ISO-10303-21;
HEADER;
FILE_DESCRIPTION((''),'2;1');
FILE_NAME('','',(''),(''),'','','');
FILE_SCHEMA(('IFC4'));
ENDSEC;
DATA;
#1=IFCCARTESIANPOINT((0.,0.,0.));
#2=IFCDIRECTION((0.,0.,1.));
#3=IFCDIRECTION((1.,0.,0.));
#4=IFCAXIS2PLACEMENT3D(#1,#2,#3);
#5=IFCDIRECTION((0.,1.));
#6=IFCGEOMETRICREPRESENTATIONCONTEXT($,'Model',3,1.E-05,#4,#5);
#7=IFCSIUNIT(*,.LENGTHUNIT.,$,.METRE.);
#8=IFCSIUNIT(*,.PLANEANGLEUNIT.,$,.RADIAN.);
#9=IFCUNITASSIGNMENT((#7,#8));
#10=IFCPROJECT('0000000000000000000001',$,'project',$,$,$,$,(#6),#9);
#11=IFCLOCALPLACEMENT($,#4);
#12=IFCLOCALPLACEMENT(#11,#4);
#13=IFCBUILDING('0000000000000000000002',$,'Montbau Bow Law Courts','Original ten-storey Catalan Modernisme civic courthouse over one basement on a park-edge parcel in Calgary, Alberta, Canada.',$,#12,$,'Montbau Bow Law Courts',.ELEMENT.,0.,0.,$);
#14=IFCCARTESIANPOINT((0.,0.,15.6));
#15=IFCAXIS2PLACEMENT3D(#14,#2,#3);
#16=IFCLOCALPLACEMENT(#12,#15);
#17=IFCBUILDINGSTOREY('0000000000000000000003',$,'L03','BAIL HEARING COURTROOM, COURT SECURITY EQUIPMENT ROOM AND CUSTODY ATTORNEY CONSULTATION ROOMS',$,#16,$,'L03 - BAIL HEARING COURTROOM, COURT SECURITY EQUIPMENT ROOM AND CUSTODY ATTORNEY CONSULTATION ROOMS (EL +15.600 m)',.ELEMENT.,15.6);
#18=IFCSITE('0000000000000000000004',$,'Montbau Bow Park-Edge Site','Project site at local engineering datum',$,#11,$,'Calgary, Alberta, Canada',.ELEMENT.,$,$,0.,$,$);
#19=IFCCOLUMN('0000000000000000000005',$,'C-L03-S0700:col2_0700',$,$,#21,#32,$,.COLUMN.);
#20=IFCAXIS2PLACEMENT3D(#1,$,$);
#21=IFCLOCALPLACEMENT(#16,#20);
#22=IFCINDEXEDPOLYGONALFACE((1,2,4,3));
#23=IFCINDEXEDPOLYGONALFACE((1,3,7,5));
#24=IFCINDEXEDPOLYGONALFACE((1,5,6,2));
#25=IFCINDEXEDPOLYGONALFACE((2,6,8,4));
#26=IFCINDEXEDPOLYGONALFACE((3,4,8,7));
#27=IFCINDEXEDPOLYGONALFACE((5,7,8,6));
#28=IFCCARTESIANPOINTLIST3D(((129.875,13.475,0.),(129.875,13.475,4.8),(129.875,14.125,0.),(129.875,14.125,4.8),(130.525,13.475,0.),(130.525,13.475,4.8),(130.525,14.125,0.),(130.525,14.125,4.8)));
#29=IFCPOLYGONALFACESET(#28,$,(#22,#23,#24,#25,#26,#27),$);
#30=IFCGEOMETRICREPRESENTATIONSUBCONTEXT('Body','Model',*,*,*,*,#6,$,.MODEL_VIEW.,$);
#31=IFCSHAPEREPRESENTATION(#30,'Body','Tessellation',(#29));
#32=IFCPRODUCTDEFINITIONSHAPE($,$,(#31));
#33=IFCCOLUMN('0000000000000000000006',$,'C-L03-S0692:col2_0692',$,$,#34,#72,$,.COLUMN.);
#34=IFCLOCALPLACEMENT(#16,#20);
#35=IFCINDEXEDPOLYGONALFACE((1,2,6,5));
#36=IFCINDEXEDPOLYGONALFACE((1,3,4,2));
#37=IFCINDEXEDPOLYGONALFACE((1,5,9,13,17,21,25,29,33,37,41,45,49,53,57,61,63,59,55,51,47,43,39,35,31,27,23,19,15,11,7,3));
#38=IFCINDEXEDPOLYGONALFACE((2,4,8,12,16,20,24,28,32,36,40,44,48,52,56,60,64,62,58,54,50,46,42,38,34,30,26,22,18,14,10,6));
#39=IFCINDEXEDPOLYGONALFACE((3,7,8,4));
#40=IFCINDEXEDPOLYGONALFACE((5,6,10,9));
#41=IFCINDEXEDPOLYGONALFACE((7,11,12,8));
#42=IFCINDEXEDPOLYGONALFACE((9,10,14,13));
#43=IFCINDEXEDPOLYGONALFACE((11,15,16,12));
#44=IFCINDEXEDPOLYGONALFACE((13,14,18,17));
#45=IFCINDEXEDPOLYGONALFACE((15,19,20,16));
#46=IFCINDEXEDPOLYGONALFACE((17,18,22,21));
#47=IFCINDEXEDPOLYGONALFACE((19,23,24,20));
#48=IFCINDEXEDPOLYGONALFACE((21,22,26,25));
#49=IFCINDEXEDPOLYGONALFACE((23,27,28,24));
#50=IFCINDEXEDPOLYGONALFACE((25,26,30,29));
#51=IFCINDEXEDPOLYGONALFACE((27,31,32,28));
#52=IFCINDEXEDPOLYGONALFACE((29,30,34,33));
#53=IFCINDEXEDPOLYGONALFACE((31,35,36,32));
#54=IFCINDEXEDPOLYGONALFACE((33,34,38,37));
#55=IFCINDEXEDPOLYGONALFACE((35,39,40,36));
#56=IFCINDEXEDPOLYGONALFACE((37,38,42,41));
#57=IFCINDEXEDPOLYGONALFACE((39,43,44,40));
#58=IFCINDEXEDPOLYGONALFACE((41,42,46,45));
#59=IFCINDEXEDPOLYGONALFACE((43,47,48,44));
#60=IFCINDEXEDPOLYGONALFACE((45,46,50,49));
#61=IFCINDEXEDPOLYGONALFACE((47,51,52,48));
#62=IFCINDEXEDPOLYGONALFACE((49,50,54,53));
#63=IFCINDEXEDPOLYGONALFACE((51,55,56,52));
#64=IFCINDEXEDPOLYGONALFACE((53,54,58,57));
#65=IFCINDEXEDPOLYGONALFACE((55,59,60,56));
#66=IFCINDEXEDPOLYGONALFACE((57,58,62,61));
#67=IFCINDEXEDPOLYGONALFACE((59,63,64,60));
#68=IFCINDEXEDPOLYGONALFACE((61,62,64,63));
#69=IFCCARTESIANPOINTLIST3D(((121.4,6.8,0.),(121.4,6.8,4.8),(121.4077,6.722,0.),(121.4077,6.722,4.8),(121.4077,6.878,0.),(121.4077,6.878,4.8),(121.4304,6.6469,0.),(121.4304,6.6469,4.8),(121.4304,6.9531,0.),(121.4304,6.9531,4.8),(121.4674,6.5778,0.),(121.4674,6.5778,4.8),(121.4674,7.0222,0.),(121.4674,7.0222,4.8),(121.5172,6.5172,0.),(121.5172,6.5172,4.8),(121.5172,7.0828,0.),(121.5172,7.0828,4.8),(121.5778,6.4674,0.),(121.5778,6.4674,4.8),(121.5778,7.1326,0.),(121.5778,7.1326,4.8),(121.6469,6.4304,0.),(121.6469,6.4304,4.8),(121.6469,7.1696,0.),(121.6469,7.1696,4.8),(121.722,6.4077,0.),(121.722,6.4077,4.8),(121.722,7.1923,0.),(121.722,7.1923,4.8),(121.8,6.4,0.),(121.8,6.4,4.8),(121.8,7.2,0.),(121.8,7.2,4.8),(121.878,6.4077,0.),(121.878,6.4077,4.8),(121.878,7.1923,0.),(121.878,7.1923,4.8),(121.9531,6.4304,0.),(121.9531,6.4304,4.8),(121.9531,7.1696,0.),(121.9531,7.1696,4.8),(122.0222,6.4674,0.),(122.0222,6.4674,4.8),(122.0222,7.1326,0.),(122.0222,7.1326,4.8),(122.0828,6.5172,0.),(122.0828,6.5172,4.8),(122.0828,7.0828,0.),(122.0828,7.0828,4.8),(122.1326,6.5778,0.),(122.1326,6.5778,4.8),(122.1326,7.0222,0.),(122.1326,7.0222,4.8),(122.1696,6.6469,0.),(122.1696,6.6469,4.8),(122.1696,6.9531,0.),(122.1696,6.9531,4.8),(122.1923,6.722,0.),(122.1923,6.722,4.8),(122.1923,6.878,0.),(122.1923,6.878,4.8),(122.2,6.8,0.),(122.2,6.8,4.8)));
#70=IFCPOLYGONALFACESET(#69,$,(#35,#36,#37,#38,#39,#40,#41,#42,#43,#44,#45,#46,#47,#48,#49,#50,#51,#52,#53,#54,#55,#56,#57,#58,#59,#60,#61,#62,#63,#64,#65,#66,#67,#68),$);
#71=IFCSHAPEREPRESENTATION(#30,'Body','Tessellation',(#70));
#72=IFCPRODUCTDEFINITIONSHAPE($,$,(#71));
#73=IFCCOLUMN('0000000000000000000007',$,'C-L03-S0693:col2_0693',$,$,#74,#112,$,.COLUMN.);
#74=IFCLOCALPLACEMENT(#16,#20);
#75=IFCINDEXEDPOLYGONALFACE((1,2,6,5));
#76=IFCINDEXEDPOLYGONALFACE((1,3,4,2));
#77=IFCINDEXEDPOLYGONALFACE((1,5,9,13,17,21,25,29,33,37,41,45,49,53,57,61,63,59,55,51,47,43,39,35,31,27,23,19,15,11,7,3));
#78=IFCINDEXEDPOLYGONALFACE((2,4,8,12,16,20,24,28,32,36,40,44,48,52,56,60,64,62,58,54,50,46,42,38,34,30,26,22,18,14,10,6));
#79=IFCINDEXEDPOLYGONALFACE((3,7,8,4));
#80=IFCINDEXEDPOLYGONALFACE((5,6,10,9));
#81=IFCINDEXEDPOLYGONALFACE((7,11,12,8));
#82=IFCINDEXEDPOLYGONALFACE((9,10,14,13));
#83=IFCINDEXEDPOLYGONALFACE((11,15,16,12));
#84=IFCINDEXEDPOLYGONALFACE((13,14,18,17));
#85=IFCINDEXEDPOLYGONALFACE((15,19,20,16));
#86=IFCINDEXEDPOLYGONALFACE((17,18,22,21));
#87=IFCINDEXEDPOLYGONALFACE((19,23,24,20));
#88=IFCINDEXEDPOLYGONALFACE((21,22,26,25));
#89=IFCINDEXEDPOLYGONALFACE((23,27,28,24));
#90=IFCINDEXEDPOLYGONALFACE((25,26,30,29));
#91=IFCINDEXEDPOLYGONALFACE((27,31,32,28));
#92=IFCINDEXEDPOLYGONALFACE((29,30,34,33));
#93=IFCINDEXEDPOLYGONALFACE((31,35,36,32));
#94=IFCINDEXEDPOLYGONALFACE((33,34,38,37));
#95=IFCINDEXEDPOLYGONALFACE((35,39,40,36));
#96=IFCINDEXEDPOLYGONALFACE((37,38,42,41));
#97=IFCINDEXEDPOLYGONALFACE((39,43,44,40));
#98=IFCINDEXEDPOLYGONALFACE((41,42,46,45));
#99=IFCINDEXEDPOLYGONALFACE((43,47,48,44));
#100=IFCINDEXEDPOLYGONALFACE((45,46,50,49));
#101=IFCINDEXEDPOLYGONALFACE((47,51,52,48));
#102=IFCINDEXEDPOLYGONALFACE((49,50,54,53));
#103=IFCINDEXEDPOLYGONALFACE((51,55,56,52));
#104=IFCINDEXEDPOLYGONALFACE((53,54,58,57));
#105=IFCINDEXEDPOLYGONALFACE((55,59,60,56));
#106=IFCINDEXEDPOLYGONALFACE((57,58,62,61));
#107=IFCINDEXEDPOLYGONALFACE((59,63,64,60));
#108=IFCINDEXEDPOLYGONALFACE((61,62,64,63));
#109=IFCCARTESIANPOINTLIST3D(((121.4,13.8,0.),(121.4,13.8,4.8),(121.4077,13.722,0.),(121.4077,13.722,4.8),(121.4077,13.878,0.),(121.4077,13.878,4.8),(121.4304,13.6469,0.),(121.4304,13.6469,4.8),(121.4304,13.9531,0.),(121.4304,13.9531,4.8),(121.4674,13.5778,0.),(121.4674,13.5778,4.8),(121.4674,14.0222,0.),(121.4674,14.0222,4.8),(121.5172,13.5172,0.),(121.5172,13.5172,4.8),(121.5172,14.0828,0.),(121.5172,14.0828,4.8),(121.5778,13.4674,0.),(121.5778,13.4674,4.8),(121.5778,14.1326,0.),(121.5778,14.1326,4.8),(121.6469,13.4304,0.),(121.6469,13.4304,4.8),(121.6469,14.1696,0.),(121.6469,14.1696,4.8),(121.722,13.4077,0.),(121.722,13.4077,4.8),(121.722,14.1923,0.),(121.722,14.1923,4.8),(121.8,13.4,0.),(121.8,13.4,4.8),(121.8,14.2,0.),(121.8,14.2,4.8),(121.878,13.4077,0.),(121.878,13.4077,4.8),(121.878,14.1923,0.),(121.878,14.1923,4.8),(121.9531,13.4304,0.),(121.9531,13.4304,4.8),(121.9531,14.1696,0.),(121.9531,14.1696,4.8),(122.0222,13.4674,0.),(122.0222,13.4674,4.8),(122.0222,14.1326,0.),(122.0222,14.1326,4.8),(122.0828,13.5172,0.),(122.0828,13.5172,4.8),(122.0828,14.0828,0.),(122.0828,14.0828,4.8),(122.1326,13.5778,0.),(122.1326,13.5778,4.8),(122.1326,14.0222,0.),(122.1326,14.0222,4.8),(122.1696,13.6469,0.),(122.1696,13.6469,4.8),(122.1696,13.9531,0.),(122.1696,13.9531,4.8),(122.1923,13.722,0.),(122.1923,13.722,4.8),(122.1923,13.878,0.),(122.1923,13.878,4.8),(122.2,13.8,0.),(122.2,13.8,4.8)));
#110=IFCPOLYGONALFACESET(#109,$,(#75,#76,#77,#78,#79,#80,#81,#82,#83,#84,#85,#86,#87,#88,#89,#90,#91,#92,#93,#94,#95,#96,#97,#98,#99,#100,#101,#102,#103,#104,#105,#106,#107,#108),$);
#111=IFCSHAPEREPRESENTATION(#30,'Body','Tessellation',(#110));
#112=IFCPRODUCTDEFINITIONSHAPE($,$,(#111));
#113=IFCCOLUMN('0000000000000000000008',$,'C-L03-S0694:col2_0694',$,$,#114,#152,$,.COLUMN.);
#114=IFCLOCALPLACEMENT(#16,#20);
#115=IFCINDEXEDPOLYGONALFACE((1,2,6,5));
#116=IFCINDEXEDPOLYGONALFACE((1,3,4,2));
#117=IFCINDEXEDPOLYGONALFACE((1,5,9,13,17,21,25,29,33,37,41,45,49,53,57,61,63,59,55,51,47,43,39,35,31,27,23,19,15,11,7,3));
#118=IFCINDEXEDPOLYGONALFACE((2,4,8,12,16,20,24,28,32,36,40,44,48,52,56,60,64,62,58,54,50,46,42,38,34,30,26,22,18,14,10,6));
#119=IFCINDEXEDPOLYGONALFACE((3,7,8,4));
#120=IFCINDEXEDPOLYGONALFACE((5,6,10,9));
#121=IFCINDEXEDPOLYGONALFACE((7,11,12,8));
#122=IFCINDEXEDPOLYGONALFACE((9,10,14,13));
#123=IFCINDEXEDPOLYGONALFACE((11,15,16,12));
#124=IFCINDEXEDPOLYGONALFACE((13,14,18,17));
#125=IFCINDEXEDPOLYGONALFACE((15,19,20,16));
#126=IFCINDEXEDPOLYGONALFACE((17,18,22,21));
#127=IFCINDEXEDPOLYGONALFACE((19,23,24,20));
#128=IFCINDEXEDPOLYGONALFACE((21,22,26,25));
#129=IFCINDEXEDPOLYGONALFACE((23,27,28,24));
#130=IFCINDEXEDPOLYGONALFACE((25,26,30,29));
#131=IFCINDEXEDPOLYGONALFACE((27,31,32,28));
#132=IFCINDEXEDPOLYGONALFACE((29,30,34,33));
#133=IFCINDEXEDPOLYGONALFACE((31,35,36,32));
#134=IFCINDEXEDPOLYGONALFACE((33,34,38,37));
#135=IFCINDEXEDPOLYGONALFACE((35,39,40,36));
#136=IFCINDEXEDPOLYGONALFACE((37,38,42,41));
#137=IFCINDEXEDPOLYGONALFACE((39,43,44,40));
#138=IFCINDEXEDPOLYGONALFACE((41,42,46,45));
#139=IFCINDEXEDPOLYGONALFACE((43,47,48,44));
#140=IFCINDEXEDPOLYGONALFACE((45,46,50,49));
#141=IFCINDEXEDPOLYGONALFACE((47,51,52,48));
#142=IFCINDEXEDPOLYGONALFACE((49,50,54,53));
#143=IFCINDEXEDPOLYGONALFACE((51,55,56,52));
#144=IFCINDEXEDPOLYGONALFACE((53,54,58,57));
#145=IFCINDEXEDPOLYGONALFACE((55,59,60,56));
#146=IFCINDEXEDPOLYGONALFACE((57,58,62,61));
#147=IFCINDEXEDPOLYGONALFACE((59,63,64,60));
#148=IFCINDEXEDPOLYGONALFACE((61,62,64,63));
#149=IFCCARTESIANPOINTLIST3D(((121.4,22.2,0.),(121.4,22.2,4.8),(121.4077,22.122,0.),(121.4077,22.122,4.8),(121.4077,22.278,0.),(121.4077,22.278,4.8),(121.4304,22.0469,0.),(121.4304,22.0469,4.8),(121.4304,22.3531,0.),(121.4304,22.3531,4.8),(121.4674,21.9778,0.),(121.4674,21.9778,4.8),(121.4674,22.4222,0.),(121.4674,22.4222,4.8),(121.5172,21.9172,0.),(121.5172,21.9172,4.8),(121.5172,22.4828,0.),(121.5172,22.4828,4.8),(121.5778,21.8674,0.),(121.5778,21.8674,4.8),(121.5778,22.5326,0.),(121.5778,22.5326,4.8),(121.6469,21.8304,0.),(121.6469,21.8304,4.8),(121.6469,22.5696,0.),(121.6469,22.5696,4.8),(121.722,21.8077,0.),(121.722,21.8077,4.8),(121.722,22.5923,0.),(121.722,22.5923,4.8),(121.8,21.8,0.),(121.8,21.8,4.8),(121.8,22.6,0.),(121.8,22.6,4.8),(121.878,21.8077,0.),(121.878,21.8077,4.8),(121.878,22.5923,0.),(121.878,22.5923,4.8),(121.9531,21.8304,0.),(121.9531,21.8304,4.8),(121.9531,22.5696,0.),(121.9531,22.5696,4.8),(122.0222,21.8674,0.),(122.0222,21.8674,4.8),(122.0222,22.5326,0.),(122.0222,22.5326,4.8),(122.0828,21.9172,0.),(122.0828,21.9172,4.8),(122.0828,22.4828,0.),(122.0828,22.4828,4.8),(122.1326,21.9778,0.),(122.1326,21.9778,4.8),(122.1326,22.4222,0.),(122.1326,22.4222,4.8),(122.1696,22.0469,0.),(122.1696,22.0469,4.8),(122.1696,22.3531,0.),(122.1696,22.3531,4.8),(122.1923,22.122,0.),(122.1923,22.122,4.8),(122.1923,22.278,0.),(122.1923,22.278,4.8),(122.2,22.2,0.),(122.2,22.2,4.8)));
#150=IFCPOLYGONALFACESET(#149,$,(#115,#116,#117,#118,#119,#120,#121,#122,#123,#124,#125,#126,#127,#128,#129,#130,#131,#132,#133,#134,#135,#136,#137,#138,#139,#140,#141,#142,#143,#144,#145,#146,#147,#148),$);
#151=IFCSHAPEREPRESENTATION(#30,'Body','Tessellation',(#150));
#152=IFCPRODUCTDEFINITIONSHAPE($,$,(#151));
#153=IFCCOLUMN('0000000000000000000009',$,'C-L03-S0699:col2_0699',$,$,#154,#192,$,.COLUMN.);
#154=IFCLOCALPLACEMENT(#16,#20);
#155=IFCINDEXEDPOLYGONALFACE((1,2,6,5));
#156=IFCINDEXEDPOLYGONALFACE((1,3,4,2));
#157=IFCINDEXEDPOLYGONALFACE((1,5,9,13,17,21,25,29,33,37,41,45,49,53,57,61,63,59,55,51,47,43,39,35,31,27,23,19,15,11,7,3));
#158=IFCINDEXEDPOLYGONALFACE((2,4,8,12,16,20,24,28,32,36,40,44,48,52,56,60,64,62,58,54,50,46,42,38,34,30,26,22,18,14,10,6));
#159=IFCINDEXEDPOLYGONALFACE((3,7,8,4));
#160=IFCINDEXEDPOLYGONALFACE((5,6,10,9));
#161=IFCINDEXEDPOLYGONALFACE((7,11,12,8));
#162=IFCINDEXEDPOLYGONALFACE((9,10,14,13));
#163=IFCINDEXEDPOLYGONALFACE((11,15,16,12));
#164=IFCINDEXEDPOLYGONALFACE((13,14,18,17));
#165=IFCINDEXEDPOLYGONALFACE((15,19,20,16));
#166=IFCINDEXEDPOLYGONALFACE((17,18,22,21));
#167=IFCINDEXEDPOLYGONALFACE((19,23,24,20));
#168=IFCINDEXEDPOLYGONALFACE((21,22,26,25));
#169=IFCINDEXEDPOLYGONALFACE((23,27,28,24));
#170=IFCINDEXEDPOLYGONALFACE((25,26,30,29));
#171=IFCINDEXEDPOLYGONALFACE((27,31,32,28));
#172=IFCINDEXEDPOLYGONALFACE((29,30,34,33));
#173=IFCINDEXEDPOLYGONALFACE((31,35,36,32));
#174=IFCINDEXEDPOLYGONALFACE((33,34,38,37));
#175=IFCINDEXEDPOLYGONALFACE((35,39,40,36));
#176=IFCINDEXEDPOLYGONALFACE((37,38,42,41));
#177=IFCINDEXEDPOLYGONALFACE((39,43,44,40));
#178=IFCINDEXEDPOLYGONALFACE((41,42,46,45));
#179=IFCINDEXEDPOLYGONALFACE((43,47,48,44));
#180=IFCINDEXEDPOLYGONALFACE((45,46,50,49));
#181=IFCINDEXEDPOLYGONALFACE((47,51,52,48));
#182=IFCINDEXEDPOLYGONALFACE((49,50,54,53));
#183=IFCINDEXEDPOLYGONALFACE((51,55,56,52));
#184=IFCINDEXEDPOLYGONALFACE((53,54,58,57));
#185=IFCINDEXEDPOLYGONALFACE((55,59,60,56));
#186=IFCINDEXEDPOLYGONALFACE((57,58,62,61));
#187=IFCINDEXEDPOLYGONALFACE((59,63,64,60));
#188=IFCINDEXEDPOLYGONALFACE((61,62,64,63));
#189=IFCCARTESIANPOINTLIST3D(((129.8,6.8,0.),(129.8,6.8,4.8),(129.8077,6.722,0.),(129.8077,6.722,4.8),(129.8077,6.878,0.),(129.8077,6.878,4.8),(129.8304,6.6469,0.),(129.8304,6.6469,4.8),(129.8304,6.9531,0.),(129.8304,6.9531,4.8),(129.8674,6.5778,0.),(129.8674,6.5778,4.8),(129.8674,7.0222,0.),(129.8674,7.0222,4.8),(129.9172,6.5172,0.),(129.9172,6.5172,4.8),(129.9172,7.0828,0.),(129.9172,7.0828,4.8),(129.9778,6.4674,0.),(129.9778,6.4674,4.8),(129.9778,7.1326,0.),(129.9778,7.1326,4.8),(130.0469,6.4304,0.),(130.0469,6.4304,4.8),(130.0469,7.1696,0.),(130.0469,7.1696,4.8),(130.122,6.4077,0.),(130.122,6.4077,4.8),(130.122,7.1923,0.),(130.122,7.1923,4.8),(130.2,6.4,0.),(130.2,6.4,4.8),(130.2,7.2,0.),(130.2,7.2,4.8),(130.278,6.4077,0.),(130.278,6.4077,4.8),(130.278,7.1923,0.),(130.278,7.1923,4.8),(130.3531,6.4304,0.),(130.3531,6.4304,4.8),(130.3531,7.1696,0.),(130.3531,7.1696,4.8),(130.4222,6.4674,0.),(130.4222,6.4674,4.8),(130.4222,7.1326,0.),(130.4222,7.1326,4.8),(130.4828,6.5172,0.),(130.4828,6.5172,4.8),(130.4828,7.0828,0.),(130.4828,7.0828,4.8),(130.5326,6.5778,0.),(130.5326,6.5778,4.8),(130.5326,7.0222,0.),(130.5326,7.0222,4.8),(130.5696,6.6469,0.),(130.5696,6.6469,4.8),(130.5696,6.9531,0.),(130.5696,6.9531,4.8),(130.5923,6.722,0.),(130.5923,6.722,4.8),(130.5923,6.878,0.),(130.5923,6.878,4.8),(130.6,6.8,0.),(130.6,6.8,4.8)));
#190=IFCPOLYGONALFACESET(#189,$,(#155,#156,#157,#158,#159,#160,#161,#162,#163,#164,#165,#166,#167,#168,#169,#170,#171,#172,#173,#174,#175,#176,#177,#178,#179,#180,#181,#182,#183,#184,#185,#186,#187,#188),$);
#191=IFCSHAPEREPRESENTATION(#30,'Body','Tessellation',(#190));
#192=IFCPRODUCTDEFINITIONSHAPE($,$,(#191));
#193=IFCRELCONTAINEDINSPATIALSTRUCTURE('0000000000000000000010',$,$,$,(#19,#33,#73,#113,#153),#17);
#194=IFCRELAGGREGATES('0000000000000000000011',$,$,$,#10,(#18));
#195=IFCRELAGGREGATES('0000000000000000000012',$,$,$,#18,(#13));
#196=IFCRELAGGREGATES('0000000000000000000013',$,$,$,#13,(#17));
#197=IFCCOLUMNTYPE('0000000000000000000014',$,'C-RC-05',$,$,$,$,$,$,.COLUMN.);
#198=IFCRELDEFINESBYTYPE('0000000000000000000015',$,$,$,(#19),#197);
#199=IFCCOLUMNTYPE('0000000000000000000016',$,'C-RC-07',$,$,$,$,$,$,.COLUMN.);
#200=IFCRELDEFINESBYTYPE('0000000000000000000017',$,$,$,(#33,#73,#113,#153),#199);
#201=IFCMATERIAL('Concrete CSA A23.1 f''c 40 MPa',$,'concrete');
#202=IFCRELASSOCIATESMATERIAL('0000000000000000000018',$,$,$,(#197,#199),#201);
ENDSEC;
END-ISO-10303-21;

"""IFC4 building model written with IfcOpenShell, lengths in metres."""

from ifc_helpers import new_model, si_unit, direction, frame, origin_with_axes, origin_2d_with_axis, place, context, subcontext, project, spatial, rectangle, circle, extrude, material, material_profile, profile_set, type_object, element, save


model = new_model("IFC4")

# Units and contexts
model_context = context("Model", 3, precision=1e-05, world=origin_with_axes(), true_north=direction((0.0, 1.0)))
body_context = subcontext(model_context, "Body", "Model", "MODEL_VIEW")
ifc_project = project(units=[si_unit("LENGTHUNIT", "METRE"), si_unit("PLANEANGLEUNIT", "RADIAN")], contexts=[model_context])

# Site, building, storey
site_placement = place(None, origin_with_axes())
site = spatial("IfcSite", under=ifc_project, at=site_placement, Name="Montbau Bow Park-Edge Site", Description="Project site at local engineering datum", LongName="Calgary, Alberta, Canada", CompositionType="ELEMENT", RefElevation=0.0)
building_placement = place(site_placement, origin_with_axes())
building = spatial("IfcBuilding", under=site, at=building_placement, Name="Montbau Bow Law Courts", Description="Original ten-storey Catalan Modernisme civic courthouse over one basement on a park-edge parcel in Calgary, Alberta, Canada.", LongName="Montbau Bow Law Courts", CompositionType="ELEMENT", ElevationOfRefHeight=0.0, ElevationOfTerrain=0.0)
storey_placement = place(building_placement, frame((0.0, 0.0, 15.6), z_axis=(0.0, 0.0, 1.0), x_axis=(1.0, 0.0, 0.0)))
storey = spatial("IfcBuildingStorey", under=building, at=storey_placement, Name="L03", Description="BAIL HEARING COURTROOM, COURT SECURITY EQUIPMENT ROOM AND CUSTODY ATTORNEY CONSULTATION ROOMS", LongName="L03 - BAIL HEARING COURTROOM, COURT SECURITY EQUIPMENT ROOM AND CUSTODY ATTORNEY CONSULTATION ROOMS (EL +15.600 m)", CompositionType="ELEMENT", Elevation=15.6)

# Columns
ifc_material_1 = material(Name="Concrete CSA A23.1 f'c 40 MPa", Category="concrete")
ifc_material_profile_1 = material_profile(ifc_material_1, rectangle(XDim=0.65, YDim=0.65, at=origin_2d_with_axis()), Name="RC650X650", Category="Main", Priority=0)
ifc_profile_set_1 = profile_set([ifc_material_profile_1], Name="Concrete CSA A23.1 f'c 40 MPa")
column_type_1 = type_object("IfcColumnType", Name="C-RC-05", PredefinedType="COLUMN", material=ifc_profile_set_1)
column_placement = place(None, frame((130.2, 13.8, 15.6), z_axis=(0.0, 0.0, 1.0), x_axis=(1.0, 0.0, 0.0)))
element("IfcColumn", 1, at=column_placement, inside=storey, type_object=column_type_1, Name="C-L03-S0700:col2_0700", PredefinedType="COLUMN", context=body_context, shape_type="SweptSolid", body=[
    extrude(rectangle(XDim=0.65, YDim=0.65, at=origin_2d_with_axis()), origin_with_axes(), (0.0, 0.0, 1.0), 4.8),
])
ifc_material_profile_2 = material_profile(ifc_material_1, circle(Radius=0.4, at=origin_2d_with_axis()), Name="RC800D", Category="Main", Priority=0)
ifc_profile_set_2 = profile_set([ifc_material_profile_2], Name="Concrete CSA A23.1 f'c 40 MPa")
column_type_2 = type_object("IfcColumnType", Name="C-RC-07", PredefinedType="COLUMN", material=ifc_profile_set_2)
for number, where, z_axis, x_axis, name in (
    (2, (121.8, 6.8, 15.6), (0.0, 0.0, 1.0), (1.0, 0.0, 0.0), "C-L03-S0692:col2_0692"),
    (3, (121.8, 13.8, 15.6), (0.0, 0.0, 1.0), (1.0, 0.0, 0.0), "C-L03-S0693:col2_0693"),
    (4, (121.8, 22.2, 15.6), (0.0, 0.0, 1.0), (1.0, 0.0, 0.0), "C-L03-S0694:col2_0694"),
    (5, (130.2, 6.8, 15.6), (0.0, 0.0, 1.0), (1.0, 0.0, 0.0), "C-L03-S0699:col2_0699"),
):
    element("IfcColumn", number, at=place(None, frame(where, z_axis=z_axis, x_axis=x_axis)), inside=storey, type_object=column_type_2, Name=name, PredefinedType="COLUMN", context=body_context, shape_type="SweptSolid", body=[
        extrude(circle(Radius=0.4, at=origin_2d_with_axis()), origin_with_axes(), (0.0, 0.0, 1.0), 4.8),
    ])

save(model, "model.ifc")
